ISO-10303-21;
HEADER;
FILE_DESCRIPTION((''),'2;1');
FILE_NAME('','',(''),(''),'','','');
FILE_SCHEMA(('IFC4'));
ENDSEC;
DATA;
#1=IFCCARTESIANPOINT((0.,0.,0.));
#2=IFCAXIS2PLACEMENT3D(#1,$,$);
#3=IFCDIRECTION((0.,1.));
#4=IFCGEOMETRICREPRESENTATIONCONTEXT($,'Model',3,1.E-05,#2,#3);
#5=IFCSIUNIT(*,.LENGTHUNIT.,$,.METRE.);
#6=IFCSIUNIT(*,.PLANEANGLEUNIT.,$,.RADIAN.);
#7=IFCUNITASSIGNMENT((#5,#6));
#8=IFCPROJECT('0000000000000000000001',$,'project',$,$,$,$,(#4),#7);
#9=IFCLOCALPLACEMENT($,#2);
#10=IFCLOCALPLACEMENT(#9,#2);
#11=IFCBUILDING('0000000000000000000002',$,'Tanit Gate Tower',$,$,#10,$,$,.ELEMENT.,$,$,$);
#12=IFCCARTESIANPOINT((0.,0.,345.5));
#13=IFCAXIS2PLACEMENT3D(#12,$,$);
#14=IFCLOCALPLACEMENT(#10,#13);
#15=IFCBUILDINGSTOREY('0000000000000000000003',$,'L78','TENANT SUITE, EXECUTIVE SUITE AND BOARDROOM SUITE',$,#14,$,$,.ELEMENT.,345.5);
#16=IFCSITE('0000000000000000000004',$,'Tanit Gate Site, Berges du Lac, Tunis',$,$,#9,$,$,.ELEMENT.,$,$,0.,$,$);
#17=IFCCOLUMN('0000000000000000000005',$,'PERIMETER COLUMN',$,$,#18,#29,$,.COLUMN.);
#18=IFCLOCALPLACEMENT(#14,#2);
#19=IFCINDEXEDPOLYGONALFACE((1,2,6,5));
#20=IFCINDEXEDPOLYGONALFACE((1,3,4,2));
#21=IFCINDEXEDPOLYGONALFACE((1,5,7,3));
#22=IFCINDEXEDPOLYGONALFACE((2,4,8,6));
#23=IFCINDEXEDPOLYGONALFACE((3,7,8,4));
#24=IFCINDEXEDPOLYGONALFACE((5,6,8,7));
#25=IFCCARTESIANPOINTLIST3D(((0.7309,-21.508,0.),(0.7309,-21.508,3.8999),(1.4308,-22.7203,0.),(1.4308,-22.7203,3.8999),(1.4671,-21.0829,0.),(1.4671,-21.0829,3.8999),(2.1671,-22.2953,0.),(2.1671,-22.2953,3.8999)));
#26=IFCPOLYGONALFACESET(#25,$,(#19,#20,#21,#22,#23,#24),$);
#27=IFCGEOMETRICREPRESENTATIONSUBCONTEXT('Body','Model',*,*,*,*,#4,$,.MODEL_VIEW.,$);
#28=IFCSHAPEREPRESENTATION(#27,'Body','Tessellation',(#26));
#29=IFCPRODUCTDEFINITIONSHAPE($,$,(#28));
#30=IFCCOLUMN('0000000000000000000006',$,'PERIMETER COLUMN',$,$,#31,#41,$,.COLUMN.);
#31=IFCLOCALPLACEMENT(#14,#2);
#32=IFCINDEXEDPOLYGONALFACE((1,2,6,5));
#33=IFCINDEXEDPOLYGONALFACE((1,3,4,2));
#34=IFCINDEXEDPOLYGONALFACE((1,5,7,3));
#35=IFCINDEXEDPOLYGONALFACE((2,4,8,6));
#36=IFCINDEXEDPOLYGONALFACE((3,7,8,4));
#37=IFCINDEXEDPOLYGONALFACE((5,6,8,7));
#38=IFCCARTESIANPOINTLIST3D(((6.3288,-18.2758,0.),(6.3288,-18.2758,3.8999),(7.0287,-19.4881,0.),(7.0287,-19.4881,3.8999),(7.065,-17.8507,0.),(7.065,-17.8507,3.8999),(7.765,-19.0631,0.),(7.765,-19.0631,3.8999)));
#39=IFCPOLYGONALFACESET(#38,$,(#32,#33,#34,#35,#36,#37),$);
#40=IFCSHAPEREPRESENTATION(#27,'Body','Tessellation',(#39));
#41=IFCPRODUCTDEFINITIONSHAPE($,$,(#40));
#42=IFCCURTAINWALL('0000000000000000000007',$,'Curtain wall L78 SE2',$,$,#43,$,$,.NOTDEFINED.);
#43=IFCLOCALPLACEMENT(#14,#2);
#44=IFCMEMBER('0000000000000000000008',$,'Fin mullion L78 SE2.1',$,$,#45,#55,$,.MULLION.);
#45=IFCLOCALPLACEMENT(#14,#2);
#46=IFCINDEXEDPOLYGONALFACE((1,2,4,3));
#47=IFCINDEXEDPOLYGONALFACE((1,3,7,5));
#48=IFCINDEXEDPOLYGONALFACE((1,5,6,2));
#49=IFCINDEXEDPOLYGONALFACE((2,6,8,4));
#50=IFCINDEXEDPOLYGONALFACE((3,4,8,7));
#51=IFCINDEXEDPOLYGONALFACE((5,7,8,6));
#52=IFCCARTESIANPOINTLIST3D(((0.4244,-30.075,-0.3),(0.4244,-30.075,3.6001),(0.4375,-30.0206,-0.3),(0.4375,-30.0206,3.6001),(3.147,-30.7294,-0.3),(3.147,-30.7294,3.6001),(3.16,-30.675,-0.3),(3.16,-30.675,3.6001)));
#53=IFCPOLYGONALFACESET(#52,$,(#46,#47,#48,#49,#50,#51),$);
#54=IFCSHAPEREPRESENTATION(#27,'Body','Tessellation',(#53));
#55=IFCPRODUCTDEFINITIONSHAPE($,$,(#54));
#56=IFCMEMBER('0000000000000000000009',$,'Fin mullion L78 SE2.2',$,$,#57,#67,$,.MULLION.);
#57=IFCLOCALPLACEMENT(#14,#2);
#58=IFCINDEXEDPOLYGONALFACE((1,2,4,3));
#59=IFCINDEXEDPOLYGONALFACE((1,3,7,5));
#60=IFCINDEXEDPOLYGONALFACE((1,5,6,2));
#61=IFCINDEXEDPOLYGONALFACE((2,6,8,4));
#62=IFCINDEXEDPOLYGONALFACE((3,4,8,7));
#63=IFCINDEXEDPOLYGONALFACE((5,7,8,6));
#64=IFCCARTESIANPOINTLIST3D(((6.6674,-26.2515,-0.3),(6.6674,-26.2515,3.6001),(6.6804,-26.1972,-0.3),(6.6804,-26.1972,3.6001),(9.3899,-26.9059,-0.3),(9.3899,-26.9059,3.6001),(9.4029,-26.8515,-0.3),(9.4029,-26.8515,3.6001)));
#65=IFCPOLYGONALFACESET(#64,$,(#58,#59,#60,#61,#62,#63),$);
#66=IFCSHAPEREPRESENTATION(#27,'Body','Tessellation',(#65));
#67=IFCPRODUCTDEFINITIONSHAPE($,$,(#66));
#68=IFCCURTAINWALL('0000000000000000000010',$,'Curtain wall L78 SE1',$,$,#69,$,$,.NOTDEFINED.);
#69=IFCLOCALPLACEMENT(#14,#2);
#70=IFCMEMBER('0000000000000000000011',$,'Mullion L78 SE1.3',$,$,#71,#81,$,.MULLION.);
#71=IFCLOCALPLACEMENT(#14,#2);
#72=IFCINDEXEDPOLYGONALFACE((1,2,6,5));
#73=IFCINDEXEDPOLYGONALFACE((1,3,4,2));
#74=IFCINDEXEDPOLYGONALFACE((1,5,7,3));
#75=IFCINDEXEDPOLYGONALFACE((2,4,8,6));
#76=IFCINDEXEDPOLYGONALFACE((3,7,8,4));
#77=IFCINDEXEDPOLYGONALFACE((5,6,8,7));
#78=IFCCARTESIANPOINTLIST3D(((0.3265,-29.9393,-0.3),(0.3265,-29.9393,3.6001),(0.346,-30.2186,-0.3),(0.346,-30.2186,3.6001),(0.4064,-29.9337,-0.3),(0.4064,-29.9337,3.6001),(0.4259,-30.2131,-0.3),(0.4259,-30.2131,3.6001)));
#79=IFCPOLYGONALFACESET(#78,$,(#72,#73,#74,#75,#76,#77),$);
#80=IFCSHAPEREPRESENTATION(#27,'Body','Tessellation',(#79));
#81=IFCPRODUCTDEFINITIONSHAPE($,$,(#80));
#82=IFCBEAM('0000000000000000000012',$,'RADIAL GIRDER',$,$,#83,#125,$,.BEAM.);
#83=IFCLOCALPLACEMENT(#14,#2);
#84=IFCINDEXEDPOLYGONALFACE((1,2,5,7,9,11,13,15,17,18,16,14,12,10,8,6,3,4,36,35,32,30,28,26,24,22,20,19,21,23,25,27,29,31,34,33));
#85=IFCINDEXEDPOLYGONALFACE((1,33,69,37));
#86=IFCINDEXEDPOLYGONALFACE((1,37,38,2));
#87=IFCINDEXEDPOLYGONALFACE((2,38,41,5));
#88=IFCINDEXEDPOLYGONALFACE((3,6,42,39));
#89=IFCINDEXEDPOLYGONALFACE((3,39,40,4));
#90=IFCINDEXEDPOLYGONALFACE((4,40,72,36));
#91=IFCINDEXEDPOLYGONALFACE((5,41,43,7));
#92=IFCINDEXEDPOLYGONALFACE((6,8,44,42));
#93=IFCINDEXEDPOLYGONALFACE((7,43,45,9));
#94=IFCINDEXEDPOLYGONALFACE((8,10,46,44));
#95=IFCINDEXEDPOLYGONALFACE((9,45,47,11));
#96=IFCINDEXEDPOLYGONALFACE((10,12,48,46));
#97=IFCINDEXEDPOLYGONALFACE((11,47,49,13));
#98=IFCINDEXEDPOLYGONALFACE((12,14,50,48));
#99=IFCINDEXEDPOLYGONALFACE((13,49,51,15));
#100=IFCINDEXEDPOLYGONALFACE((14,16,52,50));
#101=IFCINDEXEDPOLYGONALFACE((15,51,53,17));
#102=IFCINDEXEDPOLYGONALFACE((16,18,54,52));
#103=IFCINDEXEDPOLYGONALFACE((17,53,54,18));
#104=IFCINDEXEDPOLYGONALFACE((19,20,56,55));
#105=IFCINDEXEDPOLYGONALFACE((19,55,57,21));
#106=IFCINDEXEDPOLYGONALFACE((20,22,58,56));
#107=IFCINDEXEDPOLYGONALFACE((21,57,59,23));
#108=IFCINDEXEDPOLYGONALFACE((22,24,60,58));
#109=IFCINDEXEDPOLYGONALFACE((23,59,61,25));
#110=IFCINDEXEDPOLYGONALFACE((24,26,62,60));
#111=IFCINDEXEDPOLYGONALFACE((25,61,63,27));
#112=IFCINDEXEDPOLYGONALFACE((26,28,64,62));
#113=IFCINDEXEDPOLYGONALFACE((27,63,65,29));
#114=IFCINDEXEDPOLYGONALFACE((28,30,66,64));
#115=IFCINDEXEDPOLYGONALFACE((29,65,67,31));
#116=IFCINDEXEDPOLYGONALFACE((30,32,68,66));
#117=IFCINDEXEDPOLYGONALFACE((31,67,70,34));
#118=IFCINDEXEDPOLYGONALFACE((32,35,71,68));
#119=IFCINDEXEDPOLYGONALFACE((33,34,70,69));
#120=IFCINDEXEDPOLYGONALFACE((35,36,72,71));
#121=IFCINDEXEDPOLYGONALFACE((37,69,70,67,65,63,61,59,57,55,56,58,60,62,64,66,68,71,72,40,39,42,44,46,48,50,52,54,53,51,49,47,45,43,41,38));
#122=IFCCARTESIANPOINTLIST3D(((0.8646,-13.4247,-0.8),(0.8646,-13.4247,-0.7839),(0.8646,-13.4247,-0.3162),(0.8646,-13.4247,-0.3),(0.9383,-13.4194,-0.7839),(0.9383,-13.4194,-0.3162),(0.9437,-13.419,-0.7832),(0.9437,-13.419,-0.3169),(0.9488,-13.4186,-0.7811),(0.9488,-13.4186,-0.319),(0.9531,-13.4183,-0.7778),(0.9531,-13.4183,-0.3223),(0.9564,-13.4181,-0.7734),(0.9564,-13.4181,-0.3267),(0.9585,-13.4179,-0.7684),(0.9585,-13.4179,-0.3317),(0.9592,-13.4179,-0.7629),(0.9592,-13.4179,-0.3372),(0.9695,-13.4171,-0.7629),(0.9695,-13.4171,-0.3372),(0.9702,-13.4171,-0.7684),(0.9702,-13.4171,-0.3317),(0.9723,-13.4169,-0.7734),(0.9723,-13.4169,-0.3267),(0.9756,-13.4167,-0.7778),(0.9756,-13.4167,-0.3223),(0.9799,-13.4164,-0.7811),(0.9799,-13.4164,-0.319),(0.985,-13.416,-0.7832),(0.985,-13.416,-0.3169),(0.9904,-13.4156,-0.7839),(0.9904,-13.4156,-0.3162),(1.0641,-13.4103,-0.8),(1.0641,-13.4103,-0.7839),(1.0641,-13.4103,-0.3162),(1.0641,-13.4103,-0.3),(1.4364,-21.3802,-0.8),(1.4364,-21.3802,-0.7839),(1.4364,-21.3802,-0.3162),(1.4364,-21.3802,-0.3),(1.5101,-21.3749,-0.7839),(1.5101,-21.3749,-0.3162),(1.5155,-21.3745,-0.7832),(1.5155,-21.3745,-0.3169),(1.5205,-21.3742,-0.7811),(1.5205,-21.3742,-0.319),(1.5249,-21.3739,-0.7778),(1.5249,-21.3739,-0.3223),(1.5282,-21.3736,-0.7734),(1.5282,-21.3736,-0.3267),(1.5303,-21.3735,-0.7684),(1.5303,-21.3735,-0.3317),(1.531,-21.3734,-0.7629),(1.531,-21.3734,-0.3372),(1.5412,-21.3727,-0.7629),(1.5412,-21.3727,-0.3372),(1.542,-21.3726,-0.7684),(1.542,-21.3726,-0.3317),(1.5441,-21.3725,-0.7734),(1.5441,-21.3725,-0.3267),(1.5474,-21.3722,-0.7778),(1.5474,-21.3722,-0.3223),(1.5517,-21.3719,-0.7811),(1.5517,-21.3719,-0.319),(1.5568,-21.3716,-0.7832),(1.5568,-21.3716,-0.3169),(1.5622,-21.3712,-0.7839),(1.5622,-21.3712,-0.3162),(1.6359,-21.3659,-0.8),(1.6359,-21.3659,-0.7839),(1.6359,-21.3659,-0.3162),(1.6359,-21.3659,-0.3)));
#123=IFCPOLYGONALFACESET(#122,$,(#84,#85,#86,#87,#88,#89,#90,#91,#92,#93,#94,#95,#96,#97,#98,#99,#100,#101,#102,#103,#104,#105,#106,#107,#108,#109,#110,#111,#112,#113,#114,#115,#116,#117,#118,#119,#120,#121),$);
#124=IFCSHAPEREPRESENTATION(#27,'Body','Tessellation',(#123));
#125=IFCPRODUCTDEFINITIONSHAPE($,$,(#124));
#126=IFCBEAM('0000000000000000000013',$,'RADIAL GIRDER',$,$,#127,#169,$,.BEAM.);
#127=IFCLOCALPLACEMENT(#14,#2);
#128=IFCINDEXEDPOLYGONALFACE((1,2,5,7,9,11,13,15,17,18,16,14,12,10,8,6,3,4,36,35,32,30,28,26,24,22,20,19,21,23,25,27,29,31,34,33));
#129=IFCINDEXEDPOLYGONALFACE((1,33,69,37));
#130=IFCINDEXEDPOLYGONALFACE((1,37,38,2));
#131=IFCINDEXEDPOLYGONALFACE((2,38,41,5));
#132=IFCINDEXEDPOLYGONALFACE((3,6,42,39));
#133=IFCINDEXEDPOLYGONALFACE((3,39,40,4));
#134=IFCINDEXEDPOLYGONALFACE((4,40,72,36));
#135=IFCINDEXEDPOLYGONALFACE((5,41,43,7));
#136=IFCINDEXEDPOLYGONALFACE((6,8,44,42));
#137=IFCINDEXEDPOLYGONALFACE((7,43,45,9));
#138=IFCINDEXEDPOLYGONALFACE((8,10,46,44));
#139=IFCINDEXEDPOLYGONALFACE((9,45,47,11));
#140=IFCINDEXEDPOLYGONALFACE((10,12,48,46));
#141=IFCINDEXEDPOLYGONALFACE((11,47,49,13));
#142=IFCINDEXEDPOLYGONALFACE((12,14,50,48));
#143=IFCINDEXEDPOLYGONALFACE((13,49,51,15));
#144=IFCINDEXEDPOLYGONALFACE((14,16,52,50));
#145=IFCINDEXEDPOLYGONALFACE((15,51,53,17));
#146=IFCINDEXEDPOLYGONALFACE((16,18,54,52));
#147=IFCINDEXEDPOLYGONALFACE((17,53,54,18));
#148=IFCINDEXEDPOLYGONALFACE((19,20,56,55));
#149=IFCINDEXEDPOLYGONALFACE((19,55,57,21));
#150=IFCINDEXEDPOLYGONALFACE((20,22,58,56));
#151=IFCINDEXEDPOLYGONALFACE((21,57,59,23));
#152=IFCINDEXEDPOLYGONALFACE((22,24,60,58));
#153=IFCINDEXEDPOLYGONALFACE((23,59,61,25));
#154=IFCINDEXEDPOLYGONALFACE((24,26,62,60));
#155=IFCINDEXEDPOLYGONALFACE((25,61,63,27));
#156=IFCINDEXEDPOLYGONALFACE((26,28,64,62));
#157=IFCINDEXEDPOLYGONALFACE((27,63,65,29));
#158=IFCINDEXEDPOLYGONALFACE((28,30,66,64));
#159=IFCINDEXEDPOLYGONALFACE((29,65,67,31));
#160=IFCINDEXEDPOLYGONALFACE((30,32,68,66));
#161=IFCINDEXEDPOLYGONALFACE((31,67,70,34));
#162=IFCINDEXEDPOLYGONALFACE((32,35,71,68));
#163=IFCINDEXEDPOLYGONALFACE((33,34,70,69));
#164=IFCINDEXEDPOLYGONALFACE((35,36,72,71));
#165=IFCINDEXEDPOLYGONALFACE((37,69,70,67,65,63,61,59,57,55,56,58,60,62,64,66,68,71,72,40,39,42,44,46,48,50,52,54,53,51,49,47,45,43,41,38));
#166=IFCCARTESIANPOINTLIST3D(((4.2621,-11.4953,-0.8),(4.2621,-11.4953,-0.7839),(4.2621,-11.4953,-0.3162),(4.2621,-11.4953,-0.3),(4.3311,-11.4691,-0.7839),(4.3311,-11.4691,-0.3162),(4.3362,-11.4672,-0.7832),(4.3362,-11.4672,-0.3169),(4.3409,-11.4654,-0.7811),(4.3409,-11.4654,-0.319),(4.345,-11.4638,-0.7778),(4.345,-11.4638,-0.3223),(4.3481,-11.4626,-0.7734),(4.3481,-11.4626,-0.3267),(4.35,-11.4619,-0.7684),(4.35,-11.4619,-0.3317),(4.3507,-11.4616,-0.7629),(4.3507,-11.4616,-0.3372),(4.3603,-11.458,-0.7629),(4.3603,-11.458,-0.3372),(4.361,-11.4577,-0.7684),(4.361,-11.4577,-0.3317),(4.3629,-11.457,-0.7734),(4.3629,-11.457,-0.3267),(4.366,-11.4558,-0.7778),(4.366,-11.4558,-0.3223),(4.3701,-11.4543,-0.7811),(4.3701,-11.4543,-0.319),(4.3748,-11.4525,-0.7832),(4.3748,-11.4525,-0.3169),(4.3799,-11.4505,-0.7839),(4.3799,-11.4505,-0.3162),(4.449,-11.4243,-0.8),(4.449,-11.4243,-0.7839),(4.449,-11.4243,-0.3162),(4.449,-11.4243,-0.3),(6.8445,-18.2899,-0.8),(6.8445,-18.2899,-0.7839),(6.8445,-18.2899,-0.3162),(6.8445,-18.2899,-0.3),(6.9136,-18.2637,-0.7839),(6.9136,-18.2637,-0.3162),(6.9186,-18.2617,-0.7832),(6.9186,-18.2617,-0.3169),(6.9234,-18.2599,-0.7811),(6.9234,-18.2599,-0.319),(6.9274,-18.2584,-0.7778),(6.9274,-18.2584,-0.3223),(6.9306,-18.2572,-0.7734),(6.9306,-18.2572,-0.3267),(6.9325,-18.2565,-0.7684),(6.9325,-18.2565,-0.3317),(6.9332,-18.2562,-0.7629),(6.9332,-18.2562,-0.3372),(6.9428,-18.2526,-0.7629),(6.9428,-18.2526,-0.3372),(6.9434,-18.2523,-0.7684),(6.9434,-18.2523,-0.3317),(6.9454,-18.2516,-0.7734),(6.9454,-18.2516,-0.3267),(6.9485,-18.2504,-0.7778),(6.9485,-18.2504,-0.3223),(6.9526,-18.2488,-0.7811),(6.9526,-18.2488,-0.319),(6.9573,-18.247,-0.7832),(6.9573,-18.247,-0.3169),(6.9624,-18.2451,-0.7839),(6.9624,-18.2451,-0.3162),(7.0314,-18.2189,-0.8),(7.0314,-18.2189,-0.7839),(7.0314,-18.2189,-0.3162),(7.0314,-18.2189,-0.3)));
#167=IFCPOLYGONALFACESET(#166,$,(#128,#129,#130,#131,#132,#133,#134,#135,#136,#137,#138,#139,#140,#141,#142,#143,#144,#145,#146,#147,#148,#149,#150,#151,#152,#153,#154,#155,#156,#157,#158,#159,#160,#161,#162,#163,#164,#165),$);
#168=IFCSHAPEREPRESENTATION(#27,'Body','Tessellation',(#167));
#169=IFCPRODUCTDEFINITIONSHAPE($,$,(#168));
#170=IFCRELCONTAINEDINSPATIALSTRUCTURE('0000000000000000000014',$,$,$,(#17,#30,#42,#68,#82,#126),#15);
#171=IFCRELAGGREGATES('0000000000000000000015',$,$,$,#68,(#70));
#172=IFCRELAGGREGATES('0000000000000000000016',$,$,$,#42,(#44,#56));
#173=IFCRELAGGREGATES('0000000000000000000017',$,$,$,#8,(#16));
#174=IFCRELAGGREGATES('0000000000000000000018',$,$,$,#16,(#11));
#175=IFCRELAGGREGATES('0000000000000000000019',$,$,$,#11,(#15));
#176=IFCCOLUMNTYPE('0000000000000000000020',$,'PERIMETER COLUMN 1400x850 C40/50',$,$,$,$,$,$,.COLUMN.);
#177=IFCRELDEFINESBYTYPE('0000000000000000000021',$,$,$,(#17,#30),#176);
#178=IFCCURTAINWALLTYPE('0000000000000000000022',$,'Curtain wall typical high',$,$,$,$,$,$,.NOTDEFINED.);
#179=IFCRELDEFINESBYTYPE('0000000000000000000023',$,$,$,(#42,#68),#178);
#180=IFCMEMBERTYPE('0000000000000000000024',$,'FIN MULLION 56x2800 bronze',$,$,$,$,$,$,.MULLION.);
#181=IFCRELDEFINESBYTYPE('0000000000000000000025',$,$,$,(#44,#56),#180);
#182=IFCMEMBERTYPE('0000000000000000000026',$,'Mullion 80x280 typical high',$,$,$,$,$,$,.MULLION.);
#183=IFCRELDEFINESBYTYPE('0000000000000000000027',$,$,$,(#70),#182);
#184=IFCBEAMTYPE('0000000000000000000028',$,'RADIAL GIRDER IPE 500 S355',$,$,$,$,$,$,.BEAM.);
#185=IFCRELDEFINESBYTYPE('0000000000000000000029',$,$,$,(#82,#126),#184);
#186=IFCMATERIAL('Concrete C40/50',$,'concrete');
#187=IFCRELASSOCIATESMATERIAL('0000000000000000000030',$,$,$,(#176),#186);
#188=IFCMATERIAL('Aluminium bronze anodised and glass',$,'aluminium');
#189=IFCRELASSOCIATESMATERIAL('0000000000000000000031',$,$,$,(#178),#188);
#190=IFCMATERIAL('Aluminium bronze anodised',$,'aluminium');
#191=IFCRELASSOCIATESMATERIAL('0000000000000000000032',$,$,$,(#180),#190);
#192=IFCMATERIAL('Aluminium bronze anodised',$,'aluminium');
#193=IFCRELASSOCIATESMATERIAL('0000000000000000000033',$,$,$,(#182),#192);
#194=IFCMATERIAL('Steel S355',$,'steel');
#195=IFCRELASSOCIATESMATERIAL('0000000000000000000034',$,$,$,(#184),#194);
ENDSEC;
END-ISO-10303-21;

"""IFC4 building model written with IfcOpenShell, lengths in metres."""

from ifc_helpers import new_model, si_unit, direction, frame, origin, origin_2d, place, context, subcontext, project, spatial, rectangle, i_section, extrude, material, material_profile, profile_set, type_object, element, aggregate, save


model = new_model("IFC4")

# Units and contexts
model_context = context("Model", 3, precision=1e-05, world=origin(), true_north=direction((0.0, 1.0)))
body_context = subcontext(model_context, "Body", "Model", "MODEL_VIEW")
ifc_project = project(units=[si_unit("LENGTHUNIT", "METRE"), si_unit("PLANEANGLEUNIT", "RADIAN")], contexts=[model_context])

# Site, building, storey
site_placement = place(None, origin())
site = spatial("IfcSite", under=ifc_project, at=site_placement, Name="Tanit Gate Site, Berges du Lac, Tunis", CompositionType="ELEMENT", RefElevation=0.0)
building_placement = place(site_placement, origin())
building = spatial("IfcBuilding", under=site, at=building_placement, Name="Tanit Gate Tower", CompositionType="ELEMENT")
storey_placement = place(building_placement, frame((0.0, 0.0, 345.5)))
storey = spatial("IfcBuildingStorey", under=building, at=storey_placement, Name="L78", Description="TENANT SUITE, EXECUTIVE SUITE AND BOARDROOM SUITE", CompositionType="ELEMENT", Elevation=345.5)

# Columns
ifc_material_1 = material(Name="Concrete C40/50", Category="concrete")
ifc_material_profile_1 = material_profile(ifc_material_1, rectangle(XDim=1.3999, YDim=0.8501, at=origin_2d()), Name="RC 1400x850")
ifc_profile_set_1 = profile_set([ifc_material_profile_1], Name="Concrete C40/50")
column_type = type_object("IfcColumnType", Name="PERIMETER COLUMN 1400x850 C40/50", PredefinedType="COLUMN", material=ifc_profile_set_1)
for number, where, z_axis, x_axis, name in (
    (1, (1.449, -21.9016, 0.0), (0.0, 0.0, 1.0), (0.5, -0.866025, 0.0), "PERIMETER COLUMN"),
    (2, (7.0469, -18.6694, 0.0), (0.0, 0.0, 1.0), (0.5, -0.866025, 0.0), "PERIMETER COLUMN"),
):
    element("IfcColumn", number, at=place(storey_placement, frame(where, z_axis=z_axis, x_axis=x_axis)), inside=storey, type_object=column_type, Name=name, PredefinedType="COLUMN", context=body_context, shape_type="SweptSolid", body=[
        extrude(rectangle(XDim=1.3999, YDim=0.8501, at=origin_2d()), origin(), (0.0, 0.0, 1.0), 3.8999),
    ])

# Curtain wall, members
ifc_material_2 = material(Name="Aluminium bronze anodised and glass", Category="aluminium")
curtain_wall_type = type_object("IfcCurtainWallType", Name="Curtain wall typical high", PredefinedType="NOTDEFINED", material=ifc_material_2)
curtain_wall_1_placement = place(storey_placement, origin())
curtain_wall_1 = element("IfcCurtainWall", 3, at=curtain_wall_1_placement, inside=storey, type_object=curtain_wall_type, Name="Curtain wall L78 SE2", PredefinedType="NOTDEFINED")
ifc_material_3 = material(Name="Aluminium bronze anodised", Category="aluminium")
ifc_material_profile_2 = material_profile(ifc_material_3, rectangle(XDim=2.8, YDim=0.0559, at=origin_2d()), Name="56x2800 bronze fin mullion")
ifc_profile_set_2 = profile_set([ifc_material_profile_2], Name="Aluminium bronze anodised")
member_type_1 = type_object("IfcMemberType", Name="FIN MULLION 56x2800 bronze", PredefinedType="MULLION", material=ifc_profile_set_2)
member_1_placement = place(storey_placement, frame((1.7922, -30.375, -0.3), z_axis=(0.0, 0.0, 1.0), x_axis=(-0.972311, 0.233691, 0.0)))
member_1 = element("IfcMember", 4, at=member_1_placement, type_object=member_type_1, Name="Fin mullion L78 SE2.1", PredefinedType="MULLION", context=body_context, shape_type="SweptSolid", body=[
    extrude(rectangle(XDim=2.8, YDim=0.0559, at=origin_2d()), origin(), (0.0, 0.0, 1.0), 3.9001),
])
member_2_placement = place(storey_placement, frame((8.0352, -26.5515, -0.3), z_axis=(0.0, 0.0, 1.0), x_axis=(-0.972311, 0.233691, 0.0)))
member_2 = element("IfcMember", 5, at=member_2_placement, type_object=member_type_1, Name="Fin mullion L78 SE2.2", PredefinedType="MULLION", context=body_context, shape_type="SweptSolid", body=[
    extrude(rectangle(XDim=2.8, YDim=0.0559, at=origin_2d()), origin(), (0.0, 0.0, 1.0), 3.9001),
])

# Curtain wall, member
curtain_wall_2_placement = place(storey_placement, origin())
curtain_wall_2 = element("IfcCurtainWall", 6, at=curtain_wall_2_placement, inside=storey, type_object=curtain_wall_type, Name="Curtain wall L78 SE1", PredefinedType="NOTDEFINED")
ifc_material_4 = material(Name="Aluminium bronze anodised", Category="aluminium")
ifc_material_profile_3 = material_profile(ifc_material_4, rectangle(XDim=0.28, YDim=0.0801, at=origin_2d()), Name="80x280 bronze mullion")
ifc_profile_set_3 = profile_set([ifc_material_profile_3], Name="Aluminium bronze anodised")
member_type_2 = type_object("IfcMemberType", Name="Mullion 80x280 typical high", PredefinedType="MULLION", material=ifc_profile_set_3)
member_3_placement = place(storey_placement, frame((0.3762, -30.0762, -0.3), z_axis=(0.0, 0.0, 1.0), x_axis=(-0.069702, 0.997568, 0.0)))
member_3 = element("IfcMember", 7, at=member_3_placement, type_object=member_type_2, Name="Mullion L78 SE1.3", PredefinedType="MULLION", context=body_context, shape_type="SweptSolid", body=[
    extrude(rectangle(XDim=0.28, YDim=0.0801, at=origin_2d()), origin(), (0.0, 0.0, 1.0), 3.9001),
])

# Beams
ifc_material_5 = material(Name="Steel S355", Category="steel")
ifc_material_profile_4 = material_profile(ifc_material_5, i_section(OverallWidth=0.2, OverallDepth=0.5, WebThickness=0.0103, FlangeThickness=0.0161, FilletRadius=0.021, at=origin_2d()), Name="IPE 500")
ifc_profile_set_4 = profile_set([ifc_material_profile_4], Name="Steel S355")
beam_type_1 = type_object("IfcBeamType", Name="RADIAL GIRDER IPE 500 S355", PredefinedType="BEAM", material=ifc_profile_set_4)
beam_1_placement = place(storey_placement, frame((1.5361, -21.373, -0.55), z_axis=(-0.071686, 0.997427, 0.0), x_axis=(-0.997427, -0.071686, 0.0)))
element("IfcBeam", 8, at=beam_1_placement, inside=storey, type_object=beam_type_1, Name="RADIAL GIRDER", PredefinedType="BEAM", context=body_context, shape_type="SweptSolid", body=[
    extrude(i_section(OverallWidth=0.2, OverallDepth=0.5, WebThickness=0.0103, FlangeThickness=0.0161, FilletRadius=0.021, at=origin_2d()), origin(), (0.0, 0.0, 1.0), 7.9761),
])
beam_2_placement = place(storey_placement, frame((6.938, -18.2544, -0.55), z_axis=(-0.355283, 0.934759, 0.0), x_axis=(-0.934759, -0.355283, 0.0)))
element("IfcBeam", 9, at=beam_2_placement, inside=storey, type_object=beam_type_1, Name="RADIAL GIRDER", PredefinedType="BEAM", context=body_context, shape_type="SweptSolid", body=[
    extrude(i_section(OverallWidth=0.2, OverallDepth=0.5, WebThickness=0.0103, FlangeThickness=0.0161, FilletRadius=0.021, at=origin_2d()), origin(), (0.0, 0.0, 1.0), 7.2688),
])

aggregate(curtain_wall_2, [member_3])
aggregate(curtain_wall_1, [member_1, member_2])

save(model, "model.ifc")
